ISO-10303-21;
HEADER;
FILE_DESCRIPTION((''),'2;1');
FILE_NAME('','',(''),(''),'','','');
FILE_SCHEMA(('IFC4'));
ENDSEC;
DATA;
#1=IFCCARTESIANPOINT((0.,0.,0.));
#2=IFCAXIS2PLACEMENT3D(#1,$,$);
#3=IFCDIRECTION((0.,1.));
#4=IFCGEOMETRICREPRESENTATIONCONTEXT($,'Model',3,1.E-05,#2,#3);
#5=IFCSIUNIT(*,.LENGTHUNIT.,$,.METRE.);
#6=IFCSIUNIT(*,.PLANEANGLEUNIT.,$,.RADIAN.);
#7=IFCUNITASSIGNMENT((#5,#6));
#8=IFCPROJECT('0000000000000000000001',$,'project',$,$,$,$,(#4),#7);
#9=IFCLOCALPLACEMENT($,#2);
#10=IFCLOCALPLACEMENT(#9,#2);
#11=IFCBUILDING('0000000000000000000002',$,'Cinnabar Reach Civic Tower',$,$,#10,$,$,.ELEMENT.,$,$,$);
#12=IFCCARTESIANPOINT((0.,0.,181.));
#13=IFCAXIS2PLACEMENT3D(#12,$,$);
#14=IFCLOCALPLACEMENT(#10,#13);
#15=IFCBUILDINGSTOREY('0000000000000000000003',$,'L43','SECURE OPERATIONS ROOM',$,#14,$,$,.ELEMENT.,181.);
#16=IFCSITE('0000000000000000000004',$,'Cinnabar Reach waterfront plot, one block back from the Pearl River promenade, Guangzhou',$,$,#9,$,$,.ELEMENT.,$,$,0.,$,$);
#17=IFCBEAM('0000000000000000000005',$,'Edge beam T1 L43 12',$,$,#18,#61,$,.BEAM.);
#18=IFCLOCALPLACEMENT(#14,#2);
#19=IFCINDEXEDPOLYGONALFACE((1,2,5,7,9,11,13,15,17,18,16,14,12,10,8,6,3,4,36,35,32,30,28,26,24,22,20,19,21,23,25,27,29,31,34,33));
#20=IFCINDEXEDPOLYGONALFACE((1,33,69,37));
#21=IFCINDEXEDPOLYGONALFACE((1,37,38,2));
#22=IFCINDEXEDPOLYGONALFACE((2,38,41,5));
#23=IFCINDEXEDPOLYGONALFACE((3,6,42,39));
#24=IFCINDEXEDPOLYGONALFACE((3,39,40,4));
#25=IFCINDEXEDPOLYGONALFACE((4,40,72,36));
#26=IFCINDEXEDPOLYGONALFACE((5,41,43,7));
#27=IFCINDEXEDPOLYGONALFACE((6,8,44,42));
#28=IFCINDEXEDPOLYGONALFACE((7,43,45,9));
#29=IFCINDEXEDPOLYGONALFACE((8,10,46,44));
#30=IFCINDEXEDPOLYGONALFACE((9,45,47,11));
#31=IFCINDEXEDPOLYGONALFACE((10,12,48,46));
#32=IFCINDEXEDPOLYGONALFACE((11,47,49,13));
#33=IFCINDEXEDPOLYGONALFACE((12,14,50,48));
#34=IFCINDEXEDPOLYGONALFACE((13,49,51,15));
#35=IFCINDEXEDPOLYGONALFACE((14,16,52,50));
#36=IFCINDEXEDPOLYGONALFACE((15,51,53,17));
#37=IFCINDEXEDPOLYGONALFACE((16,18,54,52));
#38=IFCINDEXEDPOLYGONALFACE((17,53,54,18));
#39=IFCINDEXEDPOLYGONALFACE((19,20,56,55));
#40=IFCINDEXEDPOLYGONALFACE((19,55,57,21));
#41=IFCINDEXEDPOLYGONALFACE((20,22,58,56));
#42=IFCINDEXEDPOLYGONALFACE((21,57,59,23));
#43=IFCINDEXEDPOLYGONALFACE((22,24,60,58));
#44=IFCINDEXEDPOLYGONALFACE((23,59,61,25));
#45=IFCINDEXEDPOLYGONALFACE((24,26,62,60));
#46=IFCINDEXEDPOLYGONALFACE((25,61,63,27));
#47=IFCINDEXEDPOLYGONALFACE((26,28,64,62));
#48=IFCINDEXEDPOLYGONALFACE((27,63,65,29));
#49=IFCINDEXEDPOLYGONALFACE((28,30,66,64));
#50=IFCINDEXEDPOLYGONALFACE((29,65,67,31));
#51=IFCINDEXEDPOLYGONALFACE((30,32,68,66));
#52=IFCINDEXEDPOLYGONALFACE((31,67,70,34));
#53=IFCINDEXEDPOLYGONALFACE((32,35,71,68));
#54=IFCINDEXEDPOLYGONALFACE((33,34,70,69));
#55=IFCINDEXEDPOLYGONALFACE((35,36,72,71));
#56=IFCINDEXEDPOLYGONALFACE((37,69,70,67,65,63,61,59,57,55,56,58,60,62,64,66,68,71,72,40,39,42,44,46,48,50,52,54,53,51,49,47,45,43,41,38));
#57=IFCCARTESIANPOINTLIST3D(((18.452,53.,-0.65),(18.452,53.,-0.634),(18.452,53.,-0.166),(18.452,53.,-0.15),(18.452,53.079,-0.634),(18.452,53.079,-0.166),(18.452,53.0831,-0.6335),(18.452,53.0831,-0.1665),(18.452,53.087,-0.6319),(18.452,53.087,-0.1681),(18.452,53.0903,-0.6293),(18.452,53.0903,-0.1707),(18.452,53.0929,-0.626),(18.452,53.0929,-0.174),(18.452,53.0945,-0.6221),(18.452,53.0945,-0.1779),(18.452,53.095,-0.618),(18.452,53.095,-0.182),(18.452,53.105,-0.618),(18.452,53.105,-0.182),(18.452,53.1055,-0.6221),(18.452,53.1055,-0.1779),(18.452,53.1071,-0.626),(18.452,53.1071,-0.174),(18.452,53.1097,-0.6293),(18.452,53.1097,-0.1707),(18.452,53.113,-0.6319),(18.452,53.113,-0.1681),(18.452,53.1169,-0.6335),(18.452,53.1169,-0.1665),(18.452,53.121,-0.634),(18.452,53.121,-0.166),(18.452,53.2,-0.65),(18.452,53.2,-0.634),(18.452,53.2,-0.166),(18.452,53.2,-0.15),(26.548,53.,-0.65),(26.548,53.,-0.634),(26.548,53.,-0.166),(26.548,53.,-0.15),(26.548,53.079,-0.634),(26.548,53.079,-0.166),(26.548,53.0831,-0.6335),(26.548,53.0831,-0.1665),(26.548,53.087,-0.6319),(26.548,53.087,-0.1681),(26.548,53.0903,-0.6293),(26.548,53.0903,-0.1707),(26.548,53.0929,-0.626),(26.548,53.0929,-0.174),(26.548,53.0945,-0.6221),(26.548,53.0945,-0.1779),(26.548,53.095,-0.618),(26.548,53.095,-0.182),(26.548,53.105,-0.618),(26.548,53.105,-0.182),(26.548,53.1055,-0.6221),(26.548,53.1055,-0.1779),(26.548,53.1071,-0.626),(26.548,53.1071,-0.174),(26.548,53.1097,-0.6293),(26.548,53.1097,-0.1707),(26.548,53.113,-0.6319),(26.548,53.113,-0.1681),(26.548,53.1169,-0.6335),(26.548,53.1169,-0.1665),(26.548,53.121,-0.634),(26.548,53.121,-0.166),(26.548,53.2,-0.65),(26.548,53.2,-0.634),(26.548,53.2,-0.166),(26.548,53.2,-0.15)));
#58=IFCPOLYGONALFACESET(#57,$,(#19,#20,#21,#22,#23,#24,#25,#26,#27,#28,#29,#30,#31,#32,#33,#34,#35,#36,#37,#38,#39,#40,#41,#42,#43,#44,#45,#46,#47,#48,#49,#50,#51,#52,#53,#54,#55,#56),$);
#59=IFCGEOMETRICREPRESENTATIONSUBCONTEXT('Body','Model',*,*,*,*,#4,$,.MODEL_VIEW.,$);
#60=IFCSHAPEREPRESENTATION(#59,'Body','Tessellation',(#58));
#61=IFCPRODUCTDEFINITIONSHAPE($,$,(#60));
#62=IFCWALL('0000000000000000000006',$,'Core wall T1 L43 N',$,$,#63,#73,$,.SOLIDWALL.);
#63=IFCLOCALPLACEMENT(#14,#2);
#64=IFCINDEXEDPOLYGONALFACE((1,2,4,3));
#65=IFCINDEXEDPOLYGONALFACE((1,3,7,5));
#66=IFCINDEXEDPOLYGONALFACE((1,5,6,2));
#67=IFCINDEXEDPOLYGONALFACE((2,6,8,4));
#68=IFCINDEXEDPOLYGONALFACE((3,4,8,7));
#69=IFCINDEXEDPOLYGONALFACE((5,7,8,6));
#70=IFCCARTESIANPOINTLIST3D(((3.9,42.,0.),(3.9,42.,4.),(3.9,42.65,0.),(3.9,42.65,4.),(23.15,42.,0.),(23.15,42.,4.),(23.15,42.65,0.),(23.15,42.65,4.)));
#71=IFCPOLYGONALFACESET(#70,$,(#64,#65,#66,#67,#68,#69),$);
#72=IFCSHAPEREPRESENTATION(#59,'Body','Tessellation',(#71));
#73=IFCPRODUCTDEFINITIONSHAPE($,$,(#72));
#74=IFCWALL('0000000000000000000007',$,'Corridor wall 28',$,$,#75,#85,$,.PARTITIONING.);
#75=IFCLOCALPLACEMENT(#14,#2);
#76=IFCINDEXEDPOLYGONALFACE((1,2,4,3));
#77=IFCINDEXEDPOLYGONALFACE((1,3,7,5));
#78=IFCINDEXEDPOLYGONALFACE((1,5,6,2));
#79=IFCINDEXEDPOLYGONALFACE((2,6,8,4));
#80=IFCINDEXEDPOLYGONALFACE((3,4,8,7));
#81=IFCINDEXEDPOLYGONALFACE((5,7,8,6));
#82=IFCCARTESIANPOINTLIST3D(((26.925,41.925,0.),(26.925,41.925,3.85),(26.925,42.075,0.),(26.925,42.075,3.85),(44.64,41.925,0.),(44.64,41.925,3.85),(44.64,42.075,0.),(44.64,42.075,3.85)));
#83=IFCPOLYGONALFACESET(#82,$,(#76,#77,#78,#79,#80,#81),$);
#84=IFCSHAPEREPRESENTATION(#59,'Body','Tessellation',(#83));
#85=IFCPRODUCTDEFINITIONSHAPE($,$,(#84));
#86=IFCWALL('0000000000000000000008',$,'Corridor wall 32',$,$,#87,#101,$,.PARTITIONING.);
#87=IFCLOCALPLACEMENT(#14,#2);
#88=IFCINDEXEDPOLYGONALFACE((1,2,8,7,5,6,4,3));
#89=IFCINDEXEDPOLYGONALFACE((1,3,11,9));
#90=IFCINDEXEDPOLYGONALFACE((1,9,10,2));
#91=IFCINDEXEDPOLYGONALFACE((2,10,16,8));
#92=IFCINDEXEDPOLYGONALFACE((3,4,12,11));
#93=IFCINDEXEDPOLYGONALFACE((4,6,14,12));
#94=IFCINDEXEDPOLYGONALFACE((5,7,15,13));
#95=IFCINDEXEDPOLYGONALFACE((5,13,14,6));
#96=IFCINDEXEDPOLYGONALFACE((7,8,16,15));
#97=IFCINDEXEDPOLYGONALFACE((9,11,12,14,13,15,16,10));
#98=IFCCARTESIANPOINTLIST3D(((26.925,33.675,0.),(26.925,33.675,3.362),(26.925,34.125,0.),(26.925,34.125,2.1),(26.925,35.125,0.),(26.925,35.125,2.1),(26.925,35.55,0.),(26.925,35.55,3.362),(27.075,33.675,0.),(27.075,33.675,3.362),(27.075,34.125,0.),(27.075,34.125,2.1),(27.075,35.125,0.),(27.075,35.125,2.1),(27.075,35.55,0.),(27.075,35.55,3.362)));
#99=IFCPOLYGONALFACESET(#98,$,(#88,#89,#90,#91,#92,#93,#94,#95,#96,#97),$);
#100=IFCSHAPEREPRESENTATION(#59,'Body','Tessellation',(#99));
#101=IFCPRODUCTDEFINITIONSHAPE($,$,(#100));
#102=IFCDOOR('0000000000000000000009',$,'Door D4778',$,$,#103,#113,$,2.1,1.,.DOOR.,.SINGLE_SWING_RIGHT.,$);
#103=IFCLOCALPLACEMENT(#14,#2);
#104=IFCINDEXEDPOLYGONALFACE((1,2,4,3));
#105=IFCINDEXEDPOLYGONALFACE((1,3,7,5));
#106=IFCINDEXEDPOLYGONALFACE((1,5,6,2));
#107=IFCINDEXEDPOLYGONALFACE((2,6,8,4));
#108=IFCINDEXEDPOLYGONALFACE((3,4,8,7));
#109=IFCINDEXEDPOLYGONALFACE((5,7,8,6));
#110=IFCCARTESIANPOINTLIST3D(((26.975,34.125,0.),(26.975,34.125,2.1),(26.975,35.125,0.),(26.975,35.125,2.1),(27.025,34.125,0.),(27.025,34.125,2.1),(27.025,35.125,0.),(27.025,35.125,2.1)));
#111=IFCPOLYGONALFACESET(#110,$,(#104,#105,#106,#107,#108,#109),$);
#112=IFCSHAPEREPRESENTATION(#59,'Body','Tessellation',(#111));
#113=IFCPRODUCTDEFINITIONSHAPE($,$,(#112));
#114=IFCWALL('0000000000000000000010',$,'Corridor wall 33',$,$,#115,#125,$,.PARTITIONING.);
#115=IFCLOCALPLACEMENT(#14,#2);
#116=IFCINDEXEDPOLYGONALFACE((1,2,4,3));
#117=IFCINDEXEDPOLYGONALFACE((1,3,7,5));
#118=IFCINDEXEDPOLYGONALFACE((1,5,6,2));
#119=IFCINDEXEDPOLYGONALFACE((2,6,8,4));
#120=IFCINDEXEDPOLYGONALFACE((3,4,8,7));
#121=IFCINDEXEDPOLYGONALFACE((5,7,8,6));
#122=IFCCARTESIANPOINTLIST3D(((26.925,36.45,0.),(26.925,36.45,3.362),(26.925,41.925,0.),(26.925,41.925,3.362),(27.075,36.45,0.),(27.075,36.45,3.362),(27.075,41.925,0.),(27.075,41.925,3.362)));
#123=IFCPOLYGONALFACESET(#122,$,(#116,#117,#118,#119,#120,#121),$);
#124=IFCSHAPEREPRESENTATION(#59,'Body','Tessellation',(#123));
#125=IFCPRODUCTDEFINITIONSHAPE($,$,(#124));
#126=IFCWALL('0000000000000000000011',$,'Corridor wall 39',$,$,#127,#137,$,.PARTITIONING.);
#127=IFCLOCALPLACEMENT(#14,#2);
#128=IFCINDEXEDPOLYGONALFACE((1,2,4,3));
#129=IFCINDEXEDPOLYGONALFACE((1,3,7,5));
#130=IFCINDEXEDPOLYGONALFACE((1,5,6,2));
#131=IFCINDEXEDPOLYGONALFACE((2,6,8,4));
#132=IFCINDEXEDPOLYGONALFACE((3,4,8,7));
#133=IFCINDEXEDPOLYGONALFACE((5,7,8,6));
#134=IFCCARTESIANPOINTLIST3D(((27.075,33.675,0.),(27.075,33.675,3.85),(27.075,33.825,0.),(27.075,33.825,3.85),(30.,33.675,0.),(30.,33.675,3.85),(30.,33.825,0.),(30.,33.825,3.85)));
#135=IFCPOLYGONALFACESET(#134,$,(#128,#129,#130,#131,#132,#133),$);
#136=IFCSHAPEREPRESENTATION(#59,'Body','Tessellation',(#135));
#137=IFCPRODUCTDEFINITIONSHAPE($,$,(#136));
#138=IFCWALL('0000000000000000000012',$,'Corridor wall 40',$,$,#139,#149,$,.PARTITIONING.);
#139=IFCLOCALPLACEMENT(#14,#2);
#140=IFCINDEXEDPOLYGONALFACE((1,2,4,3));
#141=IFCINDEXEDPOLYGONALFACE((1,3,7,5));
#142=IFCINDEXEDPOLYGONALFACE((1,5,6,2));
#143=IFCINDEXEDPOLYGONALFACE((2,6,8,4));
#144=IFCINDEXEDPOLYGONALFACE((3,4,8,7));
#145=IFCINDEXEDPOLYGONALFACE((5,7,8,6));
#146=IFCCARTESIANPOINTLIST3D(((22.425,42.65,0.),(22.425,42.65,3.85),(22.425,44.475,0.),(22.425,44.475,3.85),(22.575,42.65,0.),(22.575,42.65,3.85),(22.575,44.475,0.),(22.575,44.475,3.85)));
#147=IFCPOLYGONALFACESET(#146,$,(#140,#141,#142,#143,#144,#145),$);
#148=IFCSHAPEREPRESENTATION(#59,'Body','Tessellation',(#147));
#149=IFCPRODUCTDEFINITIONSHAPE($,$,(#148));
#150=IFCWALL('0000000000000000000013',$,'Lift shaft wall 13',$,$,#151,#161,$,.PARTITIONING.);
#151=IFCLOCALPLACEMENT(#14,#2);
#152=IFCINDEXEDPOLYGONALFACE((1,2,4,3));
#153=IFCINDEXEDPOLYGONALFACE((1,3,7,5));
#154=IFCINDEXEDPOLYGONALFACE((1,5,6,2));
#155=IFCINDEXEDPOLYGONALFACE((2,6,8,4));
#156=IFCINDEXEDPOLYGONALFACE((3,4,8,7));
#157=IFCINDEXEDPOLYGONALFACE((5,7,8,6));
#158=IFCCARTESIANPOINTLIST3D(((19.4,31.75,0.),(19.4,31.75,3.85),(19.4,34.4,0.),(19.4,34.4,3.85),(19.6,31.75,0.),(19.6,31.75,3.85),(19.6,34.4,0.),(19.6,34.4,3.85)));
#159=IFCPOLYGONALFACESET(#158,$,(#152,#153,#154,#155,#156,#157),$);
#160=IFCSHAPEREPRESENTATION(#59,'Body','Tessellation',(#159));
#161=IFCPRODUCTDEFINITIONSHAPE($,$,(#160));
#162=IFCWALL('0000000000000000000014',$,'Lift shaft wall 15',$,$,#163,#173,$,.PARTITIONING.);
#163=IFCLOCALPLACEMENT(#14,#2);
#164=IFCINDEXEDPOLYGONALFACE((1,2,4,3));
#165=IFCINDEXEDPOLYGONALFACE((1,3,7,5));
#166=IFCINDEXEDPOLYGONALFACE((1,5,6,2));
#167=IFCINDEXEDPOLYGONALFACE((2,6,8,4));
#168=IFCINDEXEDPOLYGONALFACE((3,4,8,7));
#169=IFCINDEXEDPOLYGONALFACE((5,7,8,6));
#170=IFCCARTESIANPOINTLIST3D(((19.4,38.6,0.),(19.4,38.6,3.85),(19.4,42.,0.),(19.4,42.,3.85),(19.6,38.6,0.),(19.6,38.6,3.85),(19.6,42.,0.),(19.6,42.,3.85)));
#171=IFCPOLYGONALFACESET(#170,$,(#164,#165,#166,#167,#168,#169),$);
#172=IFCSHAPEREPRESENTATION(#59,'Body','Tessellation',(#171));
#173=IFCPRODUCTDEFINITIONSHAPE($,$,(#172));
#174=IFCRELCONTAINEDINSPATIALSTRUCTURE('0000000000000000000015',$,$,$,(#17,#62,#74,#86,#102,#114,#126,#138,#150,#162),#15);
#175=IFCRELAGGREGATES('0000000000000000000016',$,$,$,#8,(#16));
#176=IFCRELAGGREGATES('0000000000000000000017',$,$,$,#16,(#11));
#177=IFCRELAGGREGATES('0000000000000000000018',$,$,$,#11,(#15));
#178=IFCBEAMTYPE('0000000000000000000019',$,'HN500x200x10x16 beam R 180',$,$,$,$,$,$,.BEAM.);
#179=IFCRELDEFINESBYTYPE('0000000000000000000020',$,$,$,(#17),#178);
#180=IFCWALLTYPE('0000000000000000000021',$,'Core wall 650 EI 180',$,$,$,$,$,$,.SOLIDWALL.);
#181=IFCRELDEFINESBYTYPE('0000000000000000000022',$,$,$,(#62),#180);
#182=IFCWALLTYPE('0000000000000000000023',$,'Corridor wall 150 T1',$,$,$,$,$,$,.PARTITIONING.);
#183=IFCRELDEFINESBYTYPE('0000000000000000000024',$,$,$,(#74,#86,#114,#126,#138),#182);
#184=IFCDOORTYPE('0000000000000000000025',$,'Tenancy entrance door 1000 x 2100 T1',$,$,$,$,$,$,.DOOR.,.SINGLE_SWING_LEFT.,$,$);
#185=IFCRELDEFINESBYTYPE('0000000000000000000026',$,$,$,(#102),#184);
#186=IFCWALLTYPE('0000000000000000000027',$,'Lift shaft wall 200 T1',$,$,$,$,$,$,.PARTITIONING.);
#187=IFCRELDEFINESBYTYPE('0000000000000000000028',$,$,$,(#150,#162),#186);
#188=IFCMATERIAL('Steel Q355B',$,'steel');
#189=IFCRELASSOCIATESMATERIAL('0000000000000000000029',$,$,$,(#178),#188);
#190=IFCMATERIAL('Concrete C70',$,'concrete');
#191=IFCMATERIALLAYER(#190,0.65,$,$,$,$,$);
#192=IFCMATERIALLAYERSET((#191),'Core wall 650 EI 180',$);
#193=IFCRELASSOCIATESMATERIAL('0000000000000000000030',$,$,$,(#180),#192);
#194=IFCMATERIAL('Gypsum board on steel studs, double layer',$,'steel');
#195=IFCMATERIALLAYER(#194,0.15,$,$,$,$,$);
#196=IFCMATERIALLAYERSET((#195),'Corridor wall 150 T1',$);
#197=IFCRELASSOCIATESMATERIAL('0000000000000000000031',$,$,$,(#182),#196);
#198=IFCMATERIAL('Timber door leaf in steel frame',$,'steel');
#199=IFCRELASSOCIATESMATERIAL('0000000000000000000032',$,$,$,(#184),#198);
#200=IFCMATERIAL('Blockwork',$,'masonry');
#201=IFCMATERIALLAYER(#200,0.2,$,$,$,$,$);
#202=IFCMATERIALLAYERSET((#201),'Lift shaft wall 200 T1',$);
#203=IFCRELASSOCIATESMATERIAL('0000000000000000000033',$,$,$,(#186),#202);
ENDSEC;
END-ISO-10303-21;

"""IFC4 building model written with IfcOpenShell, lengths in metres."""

from ifc_helpers import new_model, si_unit, direction, frame, frame_2d, origin, origin_2d, place, context, subcontext, project, spatial, rectangle, i_section, extrude, material, layer, layer_set, material_profile, profile_set, type_object, element, fill, save


model = new_model("IFC4")

# Units and contexts
model_context = context("Model", 3, precision=1e-05, world=origin(), true_north=direction((0.0, 1.0)))
body_context = subcontext(model_context, "Body", "Model", "MODEL_VIEW")
ifc_project = project(units=[si_unit("LENGTHUNIT", "METRE"), si_unit("PLANEANGLEUNIT", "RADIAN")], contexts=[model_context])

# Site, building, storey
site_placement = place(None, origin())
site = spatial("IfcSite", under=ifc_project, at=site_placement, Name="Cinnabar Reach waterfront plot, one block back from the Pearl River promenade, Guangzhou", CompositionType="ELEMENT", RefElevation=0.0)
building_placement = place(site_placement, origin())
building = spatial("IfcBuilding", under=site, at=building_placement, Name="Cinnabar Reach Civic Tower", CompositionType="ELEMENT")
storey_placement = place(building_placement, frame((0.0, 0.0, 181.0)))
storey = spatial("IfcBuildingStorey", under=building, at=storey_placement, Name="L43", Description="SECURE OPERATIONS ROOM", CompositionType="ELEMENT", Elevation=181.0)

# Shared definitions
ifc_material_1 = material(Name="Concrete C70", Category="concrete")

# Beam
ifc_material_2 = material(Name="Steel Q355B", Category="steel")
ifc_material_profile_1 = material_profile(ifc_material_2, i_section(OverallWidth=0.2, OverallDepth=0.5, WebThickness=0.01, FlangeThickness=0.016, FilletRadius=0.016, at=origin_2d()), Name="HN500x200x10x16")
ifc_profile_set_1 = profile_set([ifc_material_profile_1], Name="Steel Q355B")
beam_type_1 = type_object("IfcBeamType", Name="HN500x200x10x16 beam R 180", PredefinedType="BEAM", material=ifc_profile_set_1)
beam_1_placement = place(storey_placement, frame((26.548, 53.1, -0.4), z_axis=(-1.0, 0.0, 0.0), x_axis=(0.0, -1.0, 0.0)))
element("IfcBeam", 1, at=beam_1_placement, inside=storey, type_object=beam_type_1, Name="Edge beam T1 L43 12", PredefinedType="BEAM", context=body_context, shape_type="SweptSolid", body=[
    extrude(i_section(OverallWidth=0.2, OverallDepth=0.5, WebThickness=0.01, FlangeThickness=0.016, FilletRadius=0.016, at=origin_2d()), origin(), (0.0, 0.0, 1.0), 8.096),
])

# Walls
ifc_layer_1 = layer(ifc_material_1, 0.65)
ifc_layer_set_1 = layer_set([ifc_layer_1], Name="Core wall 650 EI 180")
wall_type_1 = type_object("IfcWallType", Name="Core wall 650 EI 180", PredefinedType="SOLIDWALL", material=ifc_layer_set_1)
wall_1_placement = place(storey_placement, frame((23.15, 42.325, 0.0), z_axis=(0.0, 0.0, 1.0), x_axis=(-1.0, 0.0, 0.0)))
element("IfcWall", 2, at=wall_1_placement, inside=storey, type_object=wall_type_1, Name="Core wall T1 L43 N", PredefinedType="SOLIDWALL", context=body_context, shape_type="SweptSolid", body=[
    extrude(rectangle(XDim=19.25, YDim=0.65, at=frame_2d((9.625, 0.0))), origin(), (0.0, 0.0, 1.0), 4.0),
])
ifc_material_3 = material(Name="Gypsum board on steel studs, double layer", Category="steel")
ifc_layer_2 = layer(ifc_material_3, 0.15)
ifc_layer_set_2 = layer_set([ifc_layer_2], Name="Corridor wall 150 T1")
wall_type_2 = type_object("IfcWallType", Name="Corridor wall 150 T1", PredefinedType="PARTITIONING", material=ifc_layer_set_2)
wall_2_placement = place(storey_placement, frame((26.925, 42.0, 0.0), z_axis=(0.0, 0.0, 1.0), x_axis=(1.0, 0.0, 0.0)))
element("IfcWall", 3, at=wall_2_placement, inside=storey, type_object=wall_type_2, Name="Corridor wall 28", PredefinedType="PARTITIONING", context=body_context, shape_type="SweptSolid", body=[
    extrude(rectangle(XDim=17.715, YDim=0.15, at=frame_2d((8.8575, 0.0))), origin(), (0.0, 0.0, 1.0), 3.85),
])

# Wall, opening, door
wall_3_placement = place(storey_placement, frame((27.0, 33.675, 0.0), z_axis=(0.0, 0.0, 1.0), x_axis=(0.0, 1.0, 0.0)))
wall_3 = element("IfcWall", 4, at=wall_3_placement, inside=storey, type_object=wall_type_2, Name="Corridor wall 32", PredefinedType="PARTITIONING", context=body_context, shape_type="SweptSolid", body=[
    extrude(rectangle(XDim=1.875, YDim=0.15, at=frame_2d((0.9375, 0.0))), origin(), (0.0, 0.0, 1.0), 3.362),
])
opening_1_placement = place(wall_3_placement, frame((0.45, 0.0, 0.0)))
opening_1 = element("IfcOpeningElement", 5, at=opening_1_placement, cuts=wall_3, PredefinedType="OPENING", context=body_context, shape_type="SweptSolid", body=[
    extrude(rectangle(XDim=1.0, YDim=2.1, at=frame_2d((0.5, 1.05))), frame((0.0, 0.085, 0.0), z_axis=(0.0, -1.0, 0.0), x_axis=(1.0, 0.0, 0.0)), (0.0, 0.0, 1.0), 0.17),
])
ifc_material_4 = material(Name="Timber door leaf in steel frame", Category="steel")
door_type_1 = type_object("IfcDoorType", Name="Tenancy entrance door 1000 x 2100 T1", OperationType="SINGLE_SWING_LEFT", PredefinedType="DOOR", material=ifc_material_4)
door_1_placement = place(opening_1_placement, frame((1.0, 0.0, 0.0), z_axis=(0.0, 0.0, 1.0), x_axis=(-1.0, 0.0, 0.0)))
door_1 = element("IfcDoor", 6, at=door_1_placement, inside=storey, type_object=door_type_1, Name="Door D4778", OperationType="SINGLE_SWING_RIGHT", OverallHeight=2.1, OverallWidth=1.0, PredefinedType="DOOR", context=body_context, shape_type="SweptSolid", body=[
    extrude(rectangle(XDim=1.0, YDim=2.1, at=frame_2d((0.5, 1.05))), frame((0.0, 0.025, 0.0), z_axis=(0.0, -1.0, 0.0), x_axis=(1.0, 0.0, 0.0)), (0.0, 0.0, 1.0), 0.05),
])
fill(opening_1, door_1)

# Walls
wall_4_placement = place(storey_placement, frame((27.0, 36.45, 0.0), z_axis=(0.0, 0.0, 1.0), x_axis=(0.0, 1.0, 0.0)))
element("IfcWall", 7, at=wall_4_placement, inside=storey, type_object=wall_type_2, Name="Corridor wall 33", PredefinedType="PARTITIONING", context=body_context, shape_type="SweptSolid", body=[
    extrude(rectangle(XDim=5.475, YDim=0.15, at=frame_2d((2.7375, 0.0))), origin(), (0.0, 0.0, 1.0), 3.362),
])
wall_5_placement = place(storey_placement, frame((27.075, 33.75, 0.0), z_axis=(0.0, 0.0, 1.0), x_axis=(1.0, 0.0, 0.0)))
element("IfcWall", 8, at=wall_5_placement, inside=storey, type_object=wall_type_2, Name="Corridor wall 39", PredefinedType="PARTITIONING", context=body_context, shape_type="SweptSolid", body=[
    extrude(rectangle(XDim=2.925, YDim=0.15, at=frame_2d((1.4625, 0.0))), origin(), (0.0, 0.0, 1.0), 3.85),
])
wall_6_placement = place(storey_placement, frame((22.5, 42.65, 0.0), z_axis=(0.0, 0.0, 1.0), x_axis=(0.0, 1.0, 0.0)))
element("IfcWall", 9, at=wall_6_placement, inside=storey, type_object=wall_type_2, Name="Corridor wall 40", PredefinedType="PARTITIONING", context=body_context, shape_type="SweptSolid", body=[
    extrude(rectangle(XDim=1.825, YDim=0.15, at=frame_2d((0.9125, 0.0))), origin(), (0.0, 0.0, 1.0), 3.85),
])
ifc_material_5 = material(Name="Blockwork", Category="masonry")
ifc_layer_3 = layer(ifc_material_5, 0.2)
ifc_layer_set_3 = layer_set([ifc_layer_3], Name="Lift shaft wall 200 T1")
wall_type_3 = type_object("IfcWallType", Name="Lift shaft wall 200 T1", PredefinedType="PARTITIONING", material=ifc_layer_set_3)
wall_7_placement = place(storey_placement, frame((19.5, 31.75, 0.0), z_axis=(0.0, 0.0, 1.0), x_axis=(0.0, 1.0, 0.0)))
element("IfcWall", 10, at=wall_7_placement, inside=storey, type_object=wall_type_3, Name="Lift shaft wall 13", PredefinedType="PARTITIONING", context=body_context, shape_type="SweptSolid", body=[
    extrude(rectangle(XDim=2.65, YDim=0.2, at=frame_2d((1.325, 0.0))), origin(), (0.0, 0.0, 1.0), 3.85),
])
wall_8_placement = place(storey_placement, frame((19.5, 38.6, 0.0), z_axis=(0.0, 0.0, 1.0), x_axis=(0.0, 1.0, 0.0)))
element("IfcWall", 11, at=wall_8_placement, inside=storey, type_object=wall_type_3, Name="Lift shaft wall 15", PredefinedType="PARTITIONING", context=body_context, shape_type="SweptSolid", body=[
    extrude(rectangle(XDim=3.4, YDim=0.2, at=frame_2d((1.7, 0.0))), origin(), (0.0, 0.0, 1.0), 3.85),
])

save(model, "model.ifc")
